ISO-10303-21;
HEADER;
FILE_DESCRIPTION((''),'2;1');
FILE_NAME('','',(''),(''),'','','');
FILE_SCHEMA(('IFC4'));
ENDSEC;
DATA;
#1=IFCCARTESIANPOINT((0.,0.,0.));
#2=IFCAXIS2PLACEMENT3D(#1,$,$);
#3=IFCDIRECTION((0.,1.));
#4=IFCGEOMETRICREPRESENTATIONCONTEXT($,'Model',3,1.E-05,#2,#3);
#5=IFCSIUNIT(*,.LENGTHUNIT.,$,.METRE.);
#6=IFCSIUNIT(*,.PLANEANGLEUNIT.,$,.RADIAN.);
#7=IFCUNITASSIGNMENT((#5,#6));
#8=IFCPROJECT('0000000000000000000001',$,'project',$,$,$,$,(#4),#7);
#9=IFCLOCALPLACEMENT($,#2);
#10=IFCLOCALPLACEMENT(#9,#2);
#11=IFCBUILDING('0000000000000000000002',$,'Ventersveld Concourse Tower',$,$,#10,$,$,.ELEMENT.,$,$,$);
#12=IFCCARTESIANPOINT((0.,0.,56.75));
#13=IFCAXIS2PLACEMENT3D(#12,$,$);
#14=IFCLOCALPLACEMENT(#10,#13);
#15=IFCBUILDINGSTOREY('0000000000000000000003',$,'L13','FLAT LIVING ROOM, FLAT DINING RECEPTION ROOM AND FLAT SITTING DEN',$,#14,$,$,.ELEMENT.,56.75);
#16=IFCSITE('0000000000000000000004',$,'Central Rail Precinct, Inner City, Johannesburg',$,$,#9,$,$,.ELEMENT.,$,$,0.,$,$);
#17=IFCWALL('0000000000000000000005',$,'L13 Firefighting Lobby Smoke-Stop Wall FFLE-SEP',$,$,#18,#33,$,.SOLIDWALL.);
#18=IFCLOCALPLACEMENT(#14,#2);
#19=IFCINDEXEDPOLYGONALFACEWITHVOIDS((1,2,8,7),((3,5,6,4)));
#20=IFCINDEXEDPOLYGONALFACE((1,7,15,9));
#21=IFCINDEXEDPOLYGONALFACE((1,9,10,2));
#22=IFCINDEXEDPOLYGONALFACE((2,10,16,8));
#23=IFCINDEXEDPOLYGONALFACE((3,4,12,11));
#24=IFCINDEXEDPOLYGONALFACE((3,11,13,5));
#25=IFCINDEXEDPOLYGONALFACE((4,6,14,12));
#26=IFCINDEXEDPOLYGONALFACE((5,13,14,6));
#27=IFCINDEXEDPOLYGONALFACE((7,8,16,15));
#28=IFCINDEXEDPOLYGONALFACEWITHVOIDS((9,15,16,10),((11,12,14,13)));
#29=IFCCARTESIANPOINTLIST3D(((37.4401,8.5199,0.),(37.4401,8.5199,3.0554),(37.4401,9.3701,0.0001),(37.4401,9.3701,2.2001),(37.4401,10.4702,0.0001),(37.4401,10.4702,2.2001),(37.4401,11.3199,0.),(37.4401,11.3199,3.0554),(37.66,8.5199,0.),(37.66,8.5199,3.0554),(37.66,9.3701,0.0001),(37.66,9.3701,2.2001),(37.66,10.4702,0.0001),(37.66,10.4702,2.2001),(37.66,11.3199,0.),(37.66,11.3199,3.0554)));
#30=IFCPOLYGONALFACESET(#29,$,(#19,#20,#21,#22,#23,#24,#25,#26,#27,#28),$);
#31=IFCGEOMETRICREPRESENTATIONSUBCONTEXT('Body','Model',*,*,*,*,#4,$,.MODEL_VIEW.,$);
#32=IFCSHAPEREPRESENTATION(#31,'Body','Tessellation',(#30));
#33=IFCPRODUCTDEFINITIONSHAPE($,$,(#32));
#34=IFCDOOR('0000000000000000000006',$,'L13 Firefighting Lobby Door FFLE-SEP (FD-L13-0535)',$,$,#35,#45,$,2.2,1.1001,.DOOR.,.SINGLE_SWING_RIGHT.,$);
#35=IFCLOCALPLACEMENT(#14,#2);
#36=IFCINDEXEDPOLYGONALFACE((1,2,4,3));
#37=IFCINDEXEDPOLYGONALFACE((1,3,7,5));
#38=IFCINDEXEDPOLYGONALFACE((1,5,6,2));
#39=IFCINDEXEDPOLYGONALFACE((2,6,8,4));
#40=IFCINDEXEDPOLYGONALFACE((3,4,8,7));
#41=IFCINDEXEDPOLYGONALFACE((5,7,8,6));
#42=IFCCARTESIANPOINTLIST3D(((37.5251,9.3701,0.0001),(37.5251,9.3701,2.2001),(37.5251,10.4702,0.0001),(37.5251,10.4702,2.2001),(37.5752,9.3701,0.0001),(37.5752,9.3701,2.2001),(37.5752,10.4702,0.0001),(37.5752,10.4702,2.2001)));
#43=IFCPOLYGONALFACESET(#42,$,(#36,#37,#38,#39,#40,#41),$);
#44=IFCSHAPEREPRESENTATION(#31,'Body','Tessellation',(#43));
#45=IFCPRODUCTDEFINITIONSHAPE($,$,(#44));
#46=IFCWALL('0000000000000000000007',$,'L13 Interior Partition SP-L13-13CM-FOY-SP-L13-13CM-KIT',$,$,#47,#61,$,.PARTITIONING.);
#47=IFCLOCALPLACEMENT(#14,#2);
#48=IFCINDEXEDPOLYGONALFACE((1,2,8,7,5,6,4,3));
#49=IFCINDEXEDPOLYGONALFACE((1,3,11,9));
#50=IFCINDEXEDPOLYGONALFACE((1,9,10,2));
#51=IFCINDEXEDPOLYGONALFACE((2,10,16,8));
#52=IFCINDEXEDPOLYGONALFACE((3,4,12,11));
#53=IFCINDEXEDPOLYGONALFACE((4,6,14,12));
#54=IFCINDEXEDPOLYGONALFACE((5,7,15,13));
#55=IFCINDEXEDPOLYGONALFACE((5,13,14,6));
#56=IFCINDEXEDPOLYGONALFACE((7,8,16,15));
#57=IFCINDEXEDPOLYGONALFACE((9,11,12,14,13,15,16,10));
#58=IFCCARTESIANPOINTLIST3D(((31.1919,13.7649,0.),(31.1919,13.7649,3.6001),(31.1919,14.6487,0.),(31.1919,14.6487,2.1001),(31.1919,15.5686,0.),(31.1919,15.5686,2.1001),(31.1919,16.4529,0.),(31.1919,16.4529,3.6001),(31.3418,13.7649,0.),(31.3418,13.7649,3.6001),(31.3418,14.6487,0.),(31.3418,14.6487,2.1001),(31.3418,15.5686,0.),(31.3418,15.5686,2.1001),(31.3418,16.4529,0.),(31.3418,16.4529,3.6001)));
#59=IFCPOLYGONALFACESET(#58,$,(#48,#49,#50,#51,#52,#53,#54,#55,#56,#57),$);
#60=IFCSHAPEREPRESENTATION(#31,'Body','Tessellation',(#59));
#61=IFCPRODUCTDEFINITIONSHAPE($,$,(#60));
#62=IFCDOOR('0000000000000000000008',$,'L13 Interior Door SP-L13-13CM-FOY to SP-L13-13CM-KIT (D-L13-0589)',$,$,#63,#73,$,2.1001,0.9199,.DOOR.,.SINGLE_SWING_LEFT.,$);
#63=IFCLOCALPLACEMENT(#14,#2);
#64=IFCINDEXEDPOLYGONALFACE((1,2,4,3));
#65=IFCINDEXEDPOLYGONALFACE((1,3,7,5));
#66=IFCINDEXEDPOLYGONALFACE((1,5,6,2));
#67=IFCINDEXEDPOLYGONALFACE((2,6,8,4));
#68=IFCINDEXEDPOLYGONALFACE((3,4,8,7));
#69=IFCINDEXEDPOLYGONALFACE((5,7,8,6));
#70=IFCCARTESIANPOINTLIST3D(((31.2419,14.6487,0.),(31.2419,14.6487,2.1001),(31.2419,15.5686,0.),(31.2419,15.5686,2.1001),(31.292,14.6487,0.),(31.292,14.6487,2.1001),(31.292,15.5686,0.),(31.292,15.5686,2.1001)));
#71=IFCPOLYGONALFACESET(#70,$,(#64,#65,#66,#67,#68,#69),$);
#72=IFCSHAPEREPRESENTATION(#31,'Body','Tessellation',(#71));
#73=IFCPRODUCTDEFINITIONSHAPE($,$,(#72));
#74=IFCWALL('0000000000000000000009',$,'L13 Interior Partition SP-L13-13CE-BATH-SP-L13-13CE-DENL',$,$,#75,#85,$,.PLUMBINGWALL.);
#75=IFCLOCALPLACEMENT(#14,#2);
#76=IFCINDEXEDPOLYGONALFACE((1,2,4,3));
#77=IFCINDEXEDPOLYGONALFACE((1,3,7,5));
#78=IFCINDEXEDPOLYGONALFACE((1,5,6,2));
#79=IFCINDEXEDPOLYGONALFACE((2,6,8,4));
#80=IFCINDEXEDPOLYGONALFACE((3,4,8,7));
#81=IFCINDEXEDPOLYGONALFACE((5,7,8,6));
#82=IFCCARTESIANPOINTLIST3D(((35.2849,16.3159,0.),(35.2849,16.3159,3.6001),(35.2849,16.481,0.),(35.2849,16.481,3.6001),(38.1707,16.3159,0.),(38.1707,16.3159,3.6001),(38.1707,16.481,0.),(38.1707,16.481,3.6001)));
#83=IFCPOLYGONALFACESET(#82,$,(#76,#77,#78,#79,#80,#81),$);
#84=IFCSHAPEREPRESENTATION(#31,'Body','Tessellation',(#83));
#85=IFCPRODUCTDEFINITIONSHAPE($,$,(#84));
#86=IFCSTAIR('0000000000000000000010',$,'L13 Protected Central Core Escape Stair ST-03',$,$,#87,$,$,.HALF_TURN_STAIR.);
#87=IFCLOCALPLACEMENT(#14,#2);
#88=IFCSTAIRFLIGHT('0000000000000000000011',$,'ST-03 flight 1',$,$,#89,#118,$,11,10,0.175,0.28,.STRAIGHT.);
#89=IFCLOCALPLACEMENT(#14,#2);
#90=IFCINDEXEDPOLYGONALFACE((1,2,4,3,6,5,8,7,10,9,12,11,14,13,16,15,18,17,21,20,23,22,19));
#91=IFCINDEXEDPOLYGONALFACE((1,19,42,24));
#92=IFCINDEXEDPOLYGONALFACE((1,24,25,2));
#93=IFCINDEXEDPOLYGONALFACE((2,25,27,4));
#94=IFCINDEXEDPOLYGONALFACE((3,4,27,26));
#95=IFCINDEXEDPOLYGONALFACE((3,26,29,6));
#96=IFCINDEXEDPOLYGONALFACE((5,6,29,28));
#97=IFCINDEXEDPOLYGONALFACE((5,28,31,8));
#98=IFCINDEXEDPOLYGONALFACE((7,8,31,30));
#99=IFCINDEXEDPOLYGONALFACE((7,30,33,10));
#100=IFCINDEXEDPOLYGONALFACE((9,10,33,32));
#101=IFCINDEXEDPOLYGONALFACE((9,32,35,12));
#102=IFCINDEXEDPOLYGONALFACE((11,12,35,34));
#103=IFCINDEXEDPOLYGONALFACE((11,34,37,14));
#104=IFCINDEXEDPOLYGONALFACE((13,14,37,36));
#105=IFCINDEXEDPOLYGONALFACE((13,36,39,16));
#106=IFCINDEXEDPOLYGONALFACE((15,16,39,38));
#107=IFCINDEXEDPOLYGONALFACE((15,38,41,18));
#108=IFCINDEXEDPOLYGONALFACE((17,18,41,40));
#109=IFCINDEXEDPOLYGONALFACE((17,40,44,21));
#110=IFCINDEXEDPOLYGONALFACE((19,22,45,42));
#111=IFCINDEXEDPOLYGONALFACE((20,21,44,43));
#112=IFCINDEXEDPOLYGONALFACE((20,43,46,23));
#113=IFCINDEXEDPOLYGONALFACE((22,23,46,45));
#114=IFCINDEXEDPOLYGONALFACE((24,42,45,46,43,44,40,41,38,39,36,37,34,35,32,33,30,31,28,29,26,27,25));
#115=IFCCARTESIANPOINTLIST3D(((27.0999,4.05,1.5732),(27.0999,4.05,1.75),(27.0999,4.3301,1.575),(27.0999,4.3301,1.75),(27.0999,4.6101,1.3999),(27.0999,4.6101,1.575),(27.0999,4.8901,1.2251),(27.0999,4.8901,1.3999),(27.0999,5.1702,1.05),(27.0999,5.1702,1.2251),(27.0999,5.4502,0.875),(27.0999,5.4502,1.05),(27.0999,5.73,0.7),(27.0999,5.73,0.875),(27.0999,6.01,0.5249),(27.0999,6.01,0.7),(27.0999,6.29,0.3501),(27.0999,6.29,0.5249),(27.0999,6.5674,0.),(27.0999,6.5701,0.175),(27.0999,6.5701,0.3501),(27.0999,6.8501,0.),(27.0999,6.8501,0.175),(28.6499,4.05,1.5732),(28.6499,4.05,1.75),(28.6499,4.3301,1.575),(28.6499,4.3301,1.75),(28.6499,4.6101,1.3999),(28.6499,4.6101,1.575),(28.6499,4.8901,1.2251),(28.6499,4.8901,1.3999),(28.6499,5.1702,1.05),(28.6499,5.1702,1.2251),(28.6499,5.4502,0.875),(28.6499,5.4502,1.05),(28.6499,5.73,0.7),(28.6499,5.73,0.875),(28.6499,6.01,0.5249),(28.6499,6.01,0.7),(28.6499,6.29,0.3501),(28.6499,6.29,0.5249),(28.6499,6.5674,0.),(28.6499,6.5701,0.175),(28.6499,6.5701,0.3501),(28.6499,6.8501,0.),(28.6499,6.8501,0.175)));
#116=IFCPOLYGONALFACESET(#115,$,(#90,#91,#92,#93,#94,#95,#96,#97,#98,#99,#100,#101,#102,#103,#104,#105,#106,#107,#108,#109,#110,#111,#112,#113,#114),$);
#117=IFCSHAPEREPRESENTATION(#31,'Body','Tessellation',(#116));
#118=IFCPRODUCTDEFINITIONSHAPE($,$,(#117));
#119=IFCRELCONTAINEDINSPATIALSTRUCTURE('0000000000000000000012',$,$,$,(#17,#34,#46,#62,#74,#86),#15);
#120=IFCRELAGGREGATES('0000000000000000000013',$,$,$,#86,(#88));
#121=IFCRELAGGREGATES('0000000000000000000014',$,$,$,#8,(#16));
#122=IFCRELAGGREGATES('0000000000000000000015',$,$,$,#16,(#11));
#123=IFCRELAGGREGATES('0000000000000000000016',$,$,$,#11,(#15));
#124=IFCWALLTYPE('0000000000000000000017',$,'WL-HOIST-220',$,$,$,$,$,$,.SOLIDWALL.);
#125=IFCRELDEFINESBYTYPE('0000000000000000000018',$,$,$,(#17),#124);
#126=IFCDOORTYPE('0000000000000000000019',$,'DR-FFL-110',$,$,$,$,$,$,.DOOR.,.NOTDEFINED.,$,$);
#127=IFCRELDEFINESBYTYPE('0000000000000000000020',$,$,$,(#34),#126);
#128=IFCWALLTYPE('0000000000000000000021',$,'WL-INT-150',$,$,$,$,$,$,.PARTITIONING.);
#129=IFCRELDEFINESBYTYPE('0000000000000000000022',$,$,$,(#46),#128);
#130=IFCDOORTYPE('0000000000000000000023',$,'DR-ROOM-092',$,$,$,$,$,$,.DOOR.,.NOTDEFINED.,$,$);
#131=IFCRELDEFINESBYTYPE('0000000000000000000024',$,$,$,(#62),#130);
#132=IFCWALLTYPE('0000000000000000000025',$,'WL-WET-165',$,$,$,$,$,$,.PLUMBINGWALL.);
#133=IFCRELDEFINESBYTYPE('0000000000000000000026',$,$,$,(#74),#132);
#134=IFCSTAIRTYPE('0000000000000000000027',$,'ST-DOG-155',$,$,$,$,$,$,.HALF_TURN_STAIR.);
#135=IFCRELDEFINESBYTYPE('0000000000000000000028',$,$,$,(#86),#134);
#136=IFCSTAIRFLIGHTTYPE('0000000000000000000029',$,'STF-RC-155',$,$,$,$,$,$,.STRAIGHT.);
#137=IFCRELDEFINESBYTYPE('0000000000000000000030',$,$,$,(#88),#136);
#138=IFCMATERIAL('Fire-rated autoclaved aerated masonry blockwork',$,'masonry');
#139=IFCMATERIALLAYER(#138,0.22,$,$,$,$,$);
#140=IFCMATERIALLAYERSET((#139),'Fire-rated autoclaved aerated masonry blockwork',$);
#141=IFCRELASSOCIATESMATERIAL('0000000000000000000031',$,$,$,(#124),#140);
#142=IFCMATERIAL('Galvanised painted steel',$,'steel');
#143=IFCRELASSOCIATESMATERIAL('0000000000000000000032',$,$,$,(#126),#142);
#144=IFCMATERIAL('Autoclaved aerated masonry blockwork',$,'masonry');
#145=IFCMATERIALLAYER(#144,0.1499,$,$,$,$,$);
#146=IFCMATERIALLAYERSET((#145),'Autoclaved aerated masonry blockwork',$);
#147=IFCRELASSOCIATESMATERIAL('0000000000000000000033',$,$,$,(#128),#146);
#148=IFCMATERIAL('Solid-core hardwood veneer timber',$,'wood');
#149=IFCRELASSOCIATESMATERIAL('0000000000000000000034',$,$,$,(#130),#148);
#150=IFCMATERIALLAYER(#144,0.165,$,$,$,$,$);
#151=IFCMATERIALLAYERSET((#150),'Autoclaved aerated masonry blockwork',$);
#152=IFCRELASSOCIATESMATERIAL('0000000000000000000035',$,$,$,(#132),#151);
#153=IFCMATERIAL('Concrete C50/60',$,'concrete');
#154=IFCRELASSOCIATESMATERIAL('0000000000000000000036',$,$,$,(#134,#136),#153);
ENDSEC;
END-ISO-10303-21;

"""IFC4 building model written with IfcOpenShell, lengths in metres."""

from ifc_helpers import new_model, si_unit, direction, frame, frame_2d, origin, place, context, subcontext, project, spatial, polyline, rectangle, outline, extrude, material, layer, layer_set, type_object, element, fill, aggregate, save


model = new_model("IFC4")

# Units and contexts
model_context = context("Model", 3, precision=1e-05, world=origin(), true_north=direction((0.0, 1.0)))
body_context = subcontext(model_context, "Body", "Model", "MODEL_VIEW")
ifc_project = project(units=[si_unit("LENGTHUNIT", "METRE"), si_unit("PLANEANGLEUNIT", "RADIAN")], contexts=[model_context])

# Site, building, storey
site_placement = place(None, origin())
site = spatial("IfcSite", under=ifc_project, at=site_placement, Name="Central Rail Precinct, Inner City, Johannesburg", CompositionType="ELEMENT", RefElevation=0.0)
building_placement = place(site_placement, origin())
building = spatial("IfcBuilding", under=site, at=building_placement, Name="Ventersveld Concourse Tower", CompositionType="ELEMENT")
storey_placement = place(building_placement, frame((0.0, 0.0, 56.75)))
storey = spatial("IfcBuildingStorey", under=building, at=storey_placement, Name="L13", Description="FLAT LIVING ROOM, FLAT DINING RECEPTION ROOM AND FLAT SITTING DEN", CompositionType="ELEMENT", Elevation=56.75)

# Shared definitions
ifc_material_1 = material(Name="Concrete C50/60", Category="concrete")

# Shared definitions
ifc_material_2 = material(Name="Fire-rated autoclaved aerated masonry blockwork", Category="masonry")

# Shared definitions
ifc_material_3 = material(Name="Galvanised painted steel", Category="steel")

# Shared definitions
ifc_layer_1 = layer(ifc_material_2, 0.22)
ifc_layer_set_1 = layer_set([ifc_layer_1], Name="Fire-rated autoclaved aerated masonry blockwork")
wall_type_1 = type_object("IfcWallType", Name="WL-HOIST-220", PredefinedType="SOLIDWALL", material=ifc_layer_set_1)

# Walls, openings, doors
wall_1_placement = place(storey_placement, frame((37.55, 8.52, 0.0), z_axis=(0.0, 0.0, 1.0), x_axis=(0.0, 1.0, 0.0)))
wall_1 = element("IfcWall", 1, at=wall_1_placement, inside=storey, type_object=wall_type_1, Name="L13 Firefighting Lobby Smoke-Stop Wall FFLE-SEP", PredefinedType="SOLIDWALL", context=body_context, shape_type="SweptSolid", body=[
    extrude(rectangle(XDim=2.8, YDim=0.22, at=frame_2d((1.3999, 0.0))), origin(), (0.0, 0.0, 1.0), 3.0554),
])
opening_1_placement = place(wall_1_placement, frame((0.8501, 0.0, 0.0)))
opening_1 = element("IfcOpeningElement", 2, at=opening_1_placement, cuts=wall_1, PredefinedType="OPENING", context=body_context, shape_type="SweptSolid", body=[
    extrude(rectangle(XDim=1.1001, YDim=2.2, at=frame_2d((0.55, 1.1001))), frame((0.0, 0.1201, 0.0), z_axis=(0.0, -1.0, 0.0), x_axis=(1.0, 0.0, 0.0)), (0.0, 0.0, 1.0), 0.24),
])
door_type_1 = type_object("IfcDoorType", Name="DR-FFL-110", OperationType="NOTDEFINED", PredefinedType="DOOR", material=ifc_material_3)
door_1_placement = place(opening_1_placement, origin())
door_1 = element("IfcDoor", 3, at=door_1_placement, inside=storey, type_object=door_type_1, Name="L13 Firefighting Lobby Door FFLE-SEP (FD-L13-0535)", OperationType="SINGLE_SWING_RIGHT", OverallHeight=2.2, OverallWidth=1.1001, PredefinedType="DOOR", context=body_context, shape_type="SweptSolid", body=[
    extrude(rectangle(XDim=1.1001, YDim=2.2, at=frame_2d((0.55, 1.1001))), frame((0.0, 0.0249, 0.0), z_axis=(0.0, -1.0, 0.0), x_axis=(1.0, 0.0, 0.0)), (0.0, 0.0, 1.0), 0.05),
])
fill(opening_1, door_1)
ifc_material_4 = material(Name="Autoclaved aerated masonry blockwork", Category="masonry")
ifc_layer_2 = layer(ifc_material_4, 0.1499)
ifc_layer_set_2 = layer_set([ifc_layer_2], Name="Autoclaved aerated masonry blockwork")
wall_type_2 = type_object("IfcWallType", Name="WL-INT-150", PredefinedType="PARTITIONING", material=ifc_layer_set_2)
wall_2_placement = place(storey_placement, frame((31.2668, 13.7649, 0.0), z_axis=(0.0, 0.0, 1.0), x_axis=(0.0, 1.0, 0.0)))
wall_2 = element("IfcWall", 4, at=wall_2_placement, inside=storey, type_object=wall_type_2, Name="L13 Interior Partition SP-L13-13CM-FOY-SP-L13-13CM-KIT", PredefinedType="PARTITIONING", context=body_context, shape_type="SweptSolid", body=[
    extrude(rectangle(XDim=2.688, YDim=0.1499, at=frame_2d((1.344, 0.0))), origin(), (0.0, 0.0, 1.0), 3.6001),
])
opening_2_placement = place(wall_2_placement, frame((0.8838, 0.0, 0.0)))
opening_2 = element("IfcOpeningElement", 5, at=opening_2_placement, cuts=wall_2, PredefinedType="OPENING", context=body_context, shape_type="SweptSolid", body=[
    extrude(rectangle(XDim=0.9199, YDim=2.1001, at=frame_2d((0.46, 1.05))), frame((0.0, 0.085, 0.0), z_axis=(0.0, -1.0, 0.0), x_axis=(1.0, 0.0, 0.0)), (0.0, 0.0, 1.0), 0.1699),
])
ifc_material_5 = material(Name="Solid-core hardwood veneer timber", Category="wood")
door_type_2 = type_object("IfcDoorType", Name="DR-ROOM-092", OperationType="NOTDEFINED", PredefinedType="DOOR", material=ifc_material_5)
door_2_placement = place(opening_2_placement, origin())
door_2 = element("IfcDoor", 6, at=door_2_placement, inside=storey, type_object=door_type_2, Name="L13 Interior Door SP-L13-13CM-FOY to SP-L13-13CM-KIT (D-L13-0589)", OperationType="SINGLE_SWING_LEFT", OverallHeight=2.1001, OverallWidth=0.9199, PredefinedType="DOOR", context=body_context, shape_type="SweptSolid", body=[
    extrude(rectangle(XDim=0.9199, YDim=2.1001, at=frame_2d((0.46, 1.05))), frame((0.0, 0.0249, 0.0), z_axis=(0.0, -1.0, 0.0), x_axis=(1.0, 0.0, 0.0)), (0.0, 0.0, 1.0), 0.05),
])
fill(opening_2, door_2)

# Wall
ifc_layer_3 = layer(ifc_material_4, 0.165)
ifc_layer_set_3 = layer_set([ifc_layer_3], Name="Autoclaved aerated masonry blockwork")
wall_type_3 = type_object("IfcWallType", Name="WL-WET-165", PredefinedType="PLUMBINGWALL", material=ifc_layer_set_3)
wall_3_placement = place(storey_placement, frame((35.2849, 16.3984, 0.0), z_axis=(0.0, 0.0, 1.0), x_axis=(1.0, 0.0, 0.0)))
element("IfcWall", 7, at=wall_3_placement, inside=storey, type_object=wall_type_3, Name="L13 Interior Partition SP-L13-13CE-BATH-SP-L13-13CE-DENL", PredefinedType="PLUMBINGWALL", context=body_context, shape_type="SweptSolid", body=[
    extrude(rectangle(XDim=2.8857, YDim=0.165, at=frame_2d((1.4429, 0.0))), origin(), (0.0, 0.0, 1.0), 3.6001),
])

# Stair, stair flight
stair_type = type_object("IfcStairType", Name="ST-DOG-155", PredefinedType="HALF_TURN_STAIR", material=ifc_material_1)
stair_placement = place(storey_placement, origin())
stair = element("IfcStair", 8, at=stair_placement, inside=storey, type_object=stair_type, Name="L13 Protected Central Core Escape Stair ST-03", PredefinedType="HALF_TURN_STAIR")
stair_flight_type = type_object("IfcStairFlightType", Name="STF-RC-155", PredefinedType="STRAIGHT", material=ifc_material_1)
stair_flight_placement = place(storey_placement, frame((27.875, 6.8501, 0.0), z_axis=(0.0, 0.0, 1.0), x_axis=(0.0, -1.0, 0.0)))
stair_flight = element("IfcStairFlight", 9, at=stair_flight_placement, type_object=stair_flight_type, Name="ST-03 flight 1", NumberOfRisers=11, NumberOfTreads=10, PredefinedType="STRAIGHT", RiserHeight=0.175, TreadLength=0.28, context=body_context, shape_type="SweptSolid", body=[
    extrude(outline(polyline([(0.0, 0.0), (0.0, 0.175), (0.28, 0.175), (0.28, 0.3501), (0.5601, 0.3501), (0.5601, 0.5249), (0.8401, 0.5249), (0.8401, 0.7), (1.1201, 0.7), (1.1201, 0.875), (1.3999, 0.875), (1.3999, 1.05), (1.6799, 1.05), (1.6799, 1.2251), (1.96, 1.2251), (1.96, 1.3999), (2.24, 1.3999), (2.24, 1.575), (2.52, 1.575), (2.52, 1.75), (2.8, 1.75), (2.8, 1.925), (2.8, 1.5732), (0.2827, 0.0), (0.0, 0.0)])), frame((0.0, 0.7749, 0.0), z_axis=(0.0, -1.0, 0.0), x_axis=(1.0, 0.0, 0.0)), (0.0, 0.0, 1.0), 1.55),
])
aggregate(stair, [stair_flight])

save(model, "model.ifc")
